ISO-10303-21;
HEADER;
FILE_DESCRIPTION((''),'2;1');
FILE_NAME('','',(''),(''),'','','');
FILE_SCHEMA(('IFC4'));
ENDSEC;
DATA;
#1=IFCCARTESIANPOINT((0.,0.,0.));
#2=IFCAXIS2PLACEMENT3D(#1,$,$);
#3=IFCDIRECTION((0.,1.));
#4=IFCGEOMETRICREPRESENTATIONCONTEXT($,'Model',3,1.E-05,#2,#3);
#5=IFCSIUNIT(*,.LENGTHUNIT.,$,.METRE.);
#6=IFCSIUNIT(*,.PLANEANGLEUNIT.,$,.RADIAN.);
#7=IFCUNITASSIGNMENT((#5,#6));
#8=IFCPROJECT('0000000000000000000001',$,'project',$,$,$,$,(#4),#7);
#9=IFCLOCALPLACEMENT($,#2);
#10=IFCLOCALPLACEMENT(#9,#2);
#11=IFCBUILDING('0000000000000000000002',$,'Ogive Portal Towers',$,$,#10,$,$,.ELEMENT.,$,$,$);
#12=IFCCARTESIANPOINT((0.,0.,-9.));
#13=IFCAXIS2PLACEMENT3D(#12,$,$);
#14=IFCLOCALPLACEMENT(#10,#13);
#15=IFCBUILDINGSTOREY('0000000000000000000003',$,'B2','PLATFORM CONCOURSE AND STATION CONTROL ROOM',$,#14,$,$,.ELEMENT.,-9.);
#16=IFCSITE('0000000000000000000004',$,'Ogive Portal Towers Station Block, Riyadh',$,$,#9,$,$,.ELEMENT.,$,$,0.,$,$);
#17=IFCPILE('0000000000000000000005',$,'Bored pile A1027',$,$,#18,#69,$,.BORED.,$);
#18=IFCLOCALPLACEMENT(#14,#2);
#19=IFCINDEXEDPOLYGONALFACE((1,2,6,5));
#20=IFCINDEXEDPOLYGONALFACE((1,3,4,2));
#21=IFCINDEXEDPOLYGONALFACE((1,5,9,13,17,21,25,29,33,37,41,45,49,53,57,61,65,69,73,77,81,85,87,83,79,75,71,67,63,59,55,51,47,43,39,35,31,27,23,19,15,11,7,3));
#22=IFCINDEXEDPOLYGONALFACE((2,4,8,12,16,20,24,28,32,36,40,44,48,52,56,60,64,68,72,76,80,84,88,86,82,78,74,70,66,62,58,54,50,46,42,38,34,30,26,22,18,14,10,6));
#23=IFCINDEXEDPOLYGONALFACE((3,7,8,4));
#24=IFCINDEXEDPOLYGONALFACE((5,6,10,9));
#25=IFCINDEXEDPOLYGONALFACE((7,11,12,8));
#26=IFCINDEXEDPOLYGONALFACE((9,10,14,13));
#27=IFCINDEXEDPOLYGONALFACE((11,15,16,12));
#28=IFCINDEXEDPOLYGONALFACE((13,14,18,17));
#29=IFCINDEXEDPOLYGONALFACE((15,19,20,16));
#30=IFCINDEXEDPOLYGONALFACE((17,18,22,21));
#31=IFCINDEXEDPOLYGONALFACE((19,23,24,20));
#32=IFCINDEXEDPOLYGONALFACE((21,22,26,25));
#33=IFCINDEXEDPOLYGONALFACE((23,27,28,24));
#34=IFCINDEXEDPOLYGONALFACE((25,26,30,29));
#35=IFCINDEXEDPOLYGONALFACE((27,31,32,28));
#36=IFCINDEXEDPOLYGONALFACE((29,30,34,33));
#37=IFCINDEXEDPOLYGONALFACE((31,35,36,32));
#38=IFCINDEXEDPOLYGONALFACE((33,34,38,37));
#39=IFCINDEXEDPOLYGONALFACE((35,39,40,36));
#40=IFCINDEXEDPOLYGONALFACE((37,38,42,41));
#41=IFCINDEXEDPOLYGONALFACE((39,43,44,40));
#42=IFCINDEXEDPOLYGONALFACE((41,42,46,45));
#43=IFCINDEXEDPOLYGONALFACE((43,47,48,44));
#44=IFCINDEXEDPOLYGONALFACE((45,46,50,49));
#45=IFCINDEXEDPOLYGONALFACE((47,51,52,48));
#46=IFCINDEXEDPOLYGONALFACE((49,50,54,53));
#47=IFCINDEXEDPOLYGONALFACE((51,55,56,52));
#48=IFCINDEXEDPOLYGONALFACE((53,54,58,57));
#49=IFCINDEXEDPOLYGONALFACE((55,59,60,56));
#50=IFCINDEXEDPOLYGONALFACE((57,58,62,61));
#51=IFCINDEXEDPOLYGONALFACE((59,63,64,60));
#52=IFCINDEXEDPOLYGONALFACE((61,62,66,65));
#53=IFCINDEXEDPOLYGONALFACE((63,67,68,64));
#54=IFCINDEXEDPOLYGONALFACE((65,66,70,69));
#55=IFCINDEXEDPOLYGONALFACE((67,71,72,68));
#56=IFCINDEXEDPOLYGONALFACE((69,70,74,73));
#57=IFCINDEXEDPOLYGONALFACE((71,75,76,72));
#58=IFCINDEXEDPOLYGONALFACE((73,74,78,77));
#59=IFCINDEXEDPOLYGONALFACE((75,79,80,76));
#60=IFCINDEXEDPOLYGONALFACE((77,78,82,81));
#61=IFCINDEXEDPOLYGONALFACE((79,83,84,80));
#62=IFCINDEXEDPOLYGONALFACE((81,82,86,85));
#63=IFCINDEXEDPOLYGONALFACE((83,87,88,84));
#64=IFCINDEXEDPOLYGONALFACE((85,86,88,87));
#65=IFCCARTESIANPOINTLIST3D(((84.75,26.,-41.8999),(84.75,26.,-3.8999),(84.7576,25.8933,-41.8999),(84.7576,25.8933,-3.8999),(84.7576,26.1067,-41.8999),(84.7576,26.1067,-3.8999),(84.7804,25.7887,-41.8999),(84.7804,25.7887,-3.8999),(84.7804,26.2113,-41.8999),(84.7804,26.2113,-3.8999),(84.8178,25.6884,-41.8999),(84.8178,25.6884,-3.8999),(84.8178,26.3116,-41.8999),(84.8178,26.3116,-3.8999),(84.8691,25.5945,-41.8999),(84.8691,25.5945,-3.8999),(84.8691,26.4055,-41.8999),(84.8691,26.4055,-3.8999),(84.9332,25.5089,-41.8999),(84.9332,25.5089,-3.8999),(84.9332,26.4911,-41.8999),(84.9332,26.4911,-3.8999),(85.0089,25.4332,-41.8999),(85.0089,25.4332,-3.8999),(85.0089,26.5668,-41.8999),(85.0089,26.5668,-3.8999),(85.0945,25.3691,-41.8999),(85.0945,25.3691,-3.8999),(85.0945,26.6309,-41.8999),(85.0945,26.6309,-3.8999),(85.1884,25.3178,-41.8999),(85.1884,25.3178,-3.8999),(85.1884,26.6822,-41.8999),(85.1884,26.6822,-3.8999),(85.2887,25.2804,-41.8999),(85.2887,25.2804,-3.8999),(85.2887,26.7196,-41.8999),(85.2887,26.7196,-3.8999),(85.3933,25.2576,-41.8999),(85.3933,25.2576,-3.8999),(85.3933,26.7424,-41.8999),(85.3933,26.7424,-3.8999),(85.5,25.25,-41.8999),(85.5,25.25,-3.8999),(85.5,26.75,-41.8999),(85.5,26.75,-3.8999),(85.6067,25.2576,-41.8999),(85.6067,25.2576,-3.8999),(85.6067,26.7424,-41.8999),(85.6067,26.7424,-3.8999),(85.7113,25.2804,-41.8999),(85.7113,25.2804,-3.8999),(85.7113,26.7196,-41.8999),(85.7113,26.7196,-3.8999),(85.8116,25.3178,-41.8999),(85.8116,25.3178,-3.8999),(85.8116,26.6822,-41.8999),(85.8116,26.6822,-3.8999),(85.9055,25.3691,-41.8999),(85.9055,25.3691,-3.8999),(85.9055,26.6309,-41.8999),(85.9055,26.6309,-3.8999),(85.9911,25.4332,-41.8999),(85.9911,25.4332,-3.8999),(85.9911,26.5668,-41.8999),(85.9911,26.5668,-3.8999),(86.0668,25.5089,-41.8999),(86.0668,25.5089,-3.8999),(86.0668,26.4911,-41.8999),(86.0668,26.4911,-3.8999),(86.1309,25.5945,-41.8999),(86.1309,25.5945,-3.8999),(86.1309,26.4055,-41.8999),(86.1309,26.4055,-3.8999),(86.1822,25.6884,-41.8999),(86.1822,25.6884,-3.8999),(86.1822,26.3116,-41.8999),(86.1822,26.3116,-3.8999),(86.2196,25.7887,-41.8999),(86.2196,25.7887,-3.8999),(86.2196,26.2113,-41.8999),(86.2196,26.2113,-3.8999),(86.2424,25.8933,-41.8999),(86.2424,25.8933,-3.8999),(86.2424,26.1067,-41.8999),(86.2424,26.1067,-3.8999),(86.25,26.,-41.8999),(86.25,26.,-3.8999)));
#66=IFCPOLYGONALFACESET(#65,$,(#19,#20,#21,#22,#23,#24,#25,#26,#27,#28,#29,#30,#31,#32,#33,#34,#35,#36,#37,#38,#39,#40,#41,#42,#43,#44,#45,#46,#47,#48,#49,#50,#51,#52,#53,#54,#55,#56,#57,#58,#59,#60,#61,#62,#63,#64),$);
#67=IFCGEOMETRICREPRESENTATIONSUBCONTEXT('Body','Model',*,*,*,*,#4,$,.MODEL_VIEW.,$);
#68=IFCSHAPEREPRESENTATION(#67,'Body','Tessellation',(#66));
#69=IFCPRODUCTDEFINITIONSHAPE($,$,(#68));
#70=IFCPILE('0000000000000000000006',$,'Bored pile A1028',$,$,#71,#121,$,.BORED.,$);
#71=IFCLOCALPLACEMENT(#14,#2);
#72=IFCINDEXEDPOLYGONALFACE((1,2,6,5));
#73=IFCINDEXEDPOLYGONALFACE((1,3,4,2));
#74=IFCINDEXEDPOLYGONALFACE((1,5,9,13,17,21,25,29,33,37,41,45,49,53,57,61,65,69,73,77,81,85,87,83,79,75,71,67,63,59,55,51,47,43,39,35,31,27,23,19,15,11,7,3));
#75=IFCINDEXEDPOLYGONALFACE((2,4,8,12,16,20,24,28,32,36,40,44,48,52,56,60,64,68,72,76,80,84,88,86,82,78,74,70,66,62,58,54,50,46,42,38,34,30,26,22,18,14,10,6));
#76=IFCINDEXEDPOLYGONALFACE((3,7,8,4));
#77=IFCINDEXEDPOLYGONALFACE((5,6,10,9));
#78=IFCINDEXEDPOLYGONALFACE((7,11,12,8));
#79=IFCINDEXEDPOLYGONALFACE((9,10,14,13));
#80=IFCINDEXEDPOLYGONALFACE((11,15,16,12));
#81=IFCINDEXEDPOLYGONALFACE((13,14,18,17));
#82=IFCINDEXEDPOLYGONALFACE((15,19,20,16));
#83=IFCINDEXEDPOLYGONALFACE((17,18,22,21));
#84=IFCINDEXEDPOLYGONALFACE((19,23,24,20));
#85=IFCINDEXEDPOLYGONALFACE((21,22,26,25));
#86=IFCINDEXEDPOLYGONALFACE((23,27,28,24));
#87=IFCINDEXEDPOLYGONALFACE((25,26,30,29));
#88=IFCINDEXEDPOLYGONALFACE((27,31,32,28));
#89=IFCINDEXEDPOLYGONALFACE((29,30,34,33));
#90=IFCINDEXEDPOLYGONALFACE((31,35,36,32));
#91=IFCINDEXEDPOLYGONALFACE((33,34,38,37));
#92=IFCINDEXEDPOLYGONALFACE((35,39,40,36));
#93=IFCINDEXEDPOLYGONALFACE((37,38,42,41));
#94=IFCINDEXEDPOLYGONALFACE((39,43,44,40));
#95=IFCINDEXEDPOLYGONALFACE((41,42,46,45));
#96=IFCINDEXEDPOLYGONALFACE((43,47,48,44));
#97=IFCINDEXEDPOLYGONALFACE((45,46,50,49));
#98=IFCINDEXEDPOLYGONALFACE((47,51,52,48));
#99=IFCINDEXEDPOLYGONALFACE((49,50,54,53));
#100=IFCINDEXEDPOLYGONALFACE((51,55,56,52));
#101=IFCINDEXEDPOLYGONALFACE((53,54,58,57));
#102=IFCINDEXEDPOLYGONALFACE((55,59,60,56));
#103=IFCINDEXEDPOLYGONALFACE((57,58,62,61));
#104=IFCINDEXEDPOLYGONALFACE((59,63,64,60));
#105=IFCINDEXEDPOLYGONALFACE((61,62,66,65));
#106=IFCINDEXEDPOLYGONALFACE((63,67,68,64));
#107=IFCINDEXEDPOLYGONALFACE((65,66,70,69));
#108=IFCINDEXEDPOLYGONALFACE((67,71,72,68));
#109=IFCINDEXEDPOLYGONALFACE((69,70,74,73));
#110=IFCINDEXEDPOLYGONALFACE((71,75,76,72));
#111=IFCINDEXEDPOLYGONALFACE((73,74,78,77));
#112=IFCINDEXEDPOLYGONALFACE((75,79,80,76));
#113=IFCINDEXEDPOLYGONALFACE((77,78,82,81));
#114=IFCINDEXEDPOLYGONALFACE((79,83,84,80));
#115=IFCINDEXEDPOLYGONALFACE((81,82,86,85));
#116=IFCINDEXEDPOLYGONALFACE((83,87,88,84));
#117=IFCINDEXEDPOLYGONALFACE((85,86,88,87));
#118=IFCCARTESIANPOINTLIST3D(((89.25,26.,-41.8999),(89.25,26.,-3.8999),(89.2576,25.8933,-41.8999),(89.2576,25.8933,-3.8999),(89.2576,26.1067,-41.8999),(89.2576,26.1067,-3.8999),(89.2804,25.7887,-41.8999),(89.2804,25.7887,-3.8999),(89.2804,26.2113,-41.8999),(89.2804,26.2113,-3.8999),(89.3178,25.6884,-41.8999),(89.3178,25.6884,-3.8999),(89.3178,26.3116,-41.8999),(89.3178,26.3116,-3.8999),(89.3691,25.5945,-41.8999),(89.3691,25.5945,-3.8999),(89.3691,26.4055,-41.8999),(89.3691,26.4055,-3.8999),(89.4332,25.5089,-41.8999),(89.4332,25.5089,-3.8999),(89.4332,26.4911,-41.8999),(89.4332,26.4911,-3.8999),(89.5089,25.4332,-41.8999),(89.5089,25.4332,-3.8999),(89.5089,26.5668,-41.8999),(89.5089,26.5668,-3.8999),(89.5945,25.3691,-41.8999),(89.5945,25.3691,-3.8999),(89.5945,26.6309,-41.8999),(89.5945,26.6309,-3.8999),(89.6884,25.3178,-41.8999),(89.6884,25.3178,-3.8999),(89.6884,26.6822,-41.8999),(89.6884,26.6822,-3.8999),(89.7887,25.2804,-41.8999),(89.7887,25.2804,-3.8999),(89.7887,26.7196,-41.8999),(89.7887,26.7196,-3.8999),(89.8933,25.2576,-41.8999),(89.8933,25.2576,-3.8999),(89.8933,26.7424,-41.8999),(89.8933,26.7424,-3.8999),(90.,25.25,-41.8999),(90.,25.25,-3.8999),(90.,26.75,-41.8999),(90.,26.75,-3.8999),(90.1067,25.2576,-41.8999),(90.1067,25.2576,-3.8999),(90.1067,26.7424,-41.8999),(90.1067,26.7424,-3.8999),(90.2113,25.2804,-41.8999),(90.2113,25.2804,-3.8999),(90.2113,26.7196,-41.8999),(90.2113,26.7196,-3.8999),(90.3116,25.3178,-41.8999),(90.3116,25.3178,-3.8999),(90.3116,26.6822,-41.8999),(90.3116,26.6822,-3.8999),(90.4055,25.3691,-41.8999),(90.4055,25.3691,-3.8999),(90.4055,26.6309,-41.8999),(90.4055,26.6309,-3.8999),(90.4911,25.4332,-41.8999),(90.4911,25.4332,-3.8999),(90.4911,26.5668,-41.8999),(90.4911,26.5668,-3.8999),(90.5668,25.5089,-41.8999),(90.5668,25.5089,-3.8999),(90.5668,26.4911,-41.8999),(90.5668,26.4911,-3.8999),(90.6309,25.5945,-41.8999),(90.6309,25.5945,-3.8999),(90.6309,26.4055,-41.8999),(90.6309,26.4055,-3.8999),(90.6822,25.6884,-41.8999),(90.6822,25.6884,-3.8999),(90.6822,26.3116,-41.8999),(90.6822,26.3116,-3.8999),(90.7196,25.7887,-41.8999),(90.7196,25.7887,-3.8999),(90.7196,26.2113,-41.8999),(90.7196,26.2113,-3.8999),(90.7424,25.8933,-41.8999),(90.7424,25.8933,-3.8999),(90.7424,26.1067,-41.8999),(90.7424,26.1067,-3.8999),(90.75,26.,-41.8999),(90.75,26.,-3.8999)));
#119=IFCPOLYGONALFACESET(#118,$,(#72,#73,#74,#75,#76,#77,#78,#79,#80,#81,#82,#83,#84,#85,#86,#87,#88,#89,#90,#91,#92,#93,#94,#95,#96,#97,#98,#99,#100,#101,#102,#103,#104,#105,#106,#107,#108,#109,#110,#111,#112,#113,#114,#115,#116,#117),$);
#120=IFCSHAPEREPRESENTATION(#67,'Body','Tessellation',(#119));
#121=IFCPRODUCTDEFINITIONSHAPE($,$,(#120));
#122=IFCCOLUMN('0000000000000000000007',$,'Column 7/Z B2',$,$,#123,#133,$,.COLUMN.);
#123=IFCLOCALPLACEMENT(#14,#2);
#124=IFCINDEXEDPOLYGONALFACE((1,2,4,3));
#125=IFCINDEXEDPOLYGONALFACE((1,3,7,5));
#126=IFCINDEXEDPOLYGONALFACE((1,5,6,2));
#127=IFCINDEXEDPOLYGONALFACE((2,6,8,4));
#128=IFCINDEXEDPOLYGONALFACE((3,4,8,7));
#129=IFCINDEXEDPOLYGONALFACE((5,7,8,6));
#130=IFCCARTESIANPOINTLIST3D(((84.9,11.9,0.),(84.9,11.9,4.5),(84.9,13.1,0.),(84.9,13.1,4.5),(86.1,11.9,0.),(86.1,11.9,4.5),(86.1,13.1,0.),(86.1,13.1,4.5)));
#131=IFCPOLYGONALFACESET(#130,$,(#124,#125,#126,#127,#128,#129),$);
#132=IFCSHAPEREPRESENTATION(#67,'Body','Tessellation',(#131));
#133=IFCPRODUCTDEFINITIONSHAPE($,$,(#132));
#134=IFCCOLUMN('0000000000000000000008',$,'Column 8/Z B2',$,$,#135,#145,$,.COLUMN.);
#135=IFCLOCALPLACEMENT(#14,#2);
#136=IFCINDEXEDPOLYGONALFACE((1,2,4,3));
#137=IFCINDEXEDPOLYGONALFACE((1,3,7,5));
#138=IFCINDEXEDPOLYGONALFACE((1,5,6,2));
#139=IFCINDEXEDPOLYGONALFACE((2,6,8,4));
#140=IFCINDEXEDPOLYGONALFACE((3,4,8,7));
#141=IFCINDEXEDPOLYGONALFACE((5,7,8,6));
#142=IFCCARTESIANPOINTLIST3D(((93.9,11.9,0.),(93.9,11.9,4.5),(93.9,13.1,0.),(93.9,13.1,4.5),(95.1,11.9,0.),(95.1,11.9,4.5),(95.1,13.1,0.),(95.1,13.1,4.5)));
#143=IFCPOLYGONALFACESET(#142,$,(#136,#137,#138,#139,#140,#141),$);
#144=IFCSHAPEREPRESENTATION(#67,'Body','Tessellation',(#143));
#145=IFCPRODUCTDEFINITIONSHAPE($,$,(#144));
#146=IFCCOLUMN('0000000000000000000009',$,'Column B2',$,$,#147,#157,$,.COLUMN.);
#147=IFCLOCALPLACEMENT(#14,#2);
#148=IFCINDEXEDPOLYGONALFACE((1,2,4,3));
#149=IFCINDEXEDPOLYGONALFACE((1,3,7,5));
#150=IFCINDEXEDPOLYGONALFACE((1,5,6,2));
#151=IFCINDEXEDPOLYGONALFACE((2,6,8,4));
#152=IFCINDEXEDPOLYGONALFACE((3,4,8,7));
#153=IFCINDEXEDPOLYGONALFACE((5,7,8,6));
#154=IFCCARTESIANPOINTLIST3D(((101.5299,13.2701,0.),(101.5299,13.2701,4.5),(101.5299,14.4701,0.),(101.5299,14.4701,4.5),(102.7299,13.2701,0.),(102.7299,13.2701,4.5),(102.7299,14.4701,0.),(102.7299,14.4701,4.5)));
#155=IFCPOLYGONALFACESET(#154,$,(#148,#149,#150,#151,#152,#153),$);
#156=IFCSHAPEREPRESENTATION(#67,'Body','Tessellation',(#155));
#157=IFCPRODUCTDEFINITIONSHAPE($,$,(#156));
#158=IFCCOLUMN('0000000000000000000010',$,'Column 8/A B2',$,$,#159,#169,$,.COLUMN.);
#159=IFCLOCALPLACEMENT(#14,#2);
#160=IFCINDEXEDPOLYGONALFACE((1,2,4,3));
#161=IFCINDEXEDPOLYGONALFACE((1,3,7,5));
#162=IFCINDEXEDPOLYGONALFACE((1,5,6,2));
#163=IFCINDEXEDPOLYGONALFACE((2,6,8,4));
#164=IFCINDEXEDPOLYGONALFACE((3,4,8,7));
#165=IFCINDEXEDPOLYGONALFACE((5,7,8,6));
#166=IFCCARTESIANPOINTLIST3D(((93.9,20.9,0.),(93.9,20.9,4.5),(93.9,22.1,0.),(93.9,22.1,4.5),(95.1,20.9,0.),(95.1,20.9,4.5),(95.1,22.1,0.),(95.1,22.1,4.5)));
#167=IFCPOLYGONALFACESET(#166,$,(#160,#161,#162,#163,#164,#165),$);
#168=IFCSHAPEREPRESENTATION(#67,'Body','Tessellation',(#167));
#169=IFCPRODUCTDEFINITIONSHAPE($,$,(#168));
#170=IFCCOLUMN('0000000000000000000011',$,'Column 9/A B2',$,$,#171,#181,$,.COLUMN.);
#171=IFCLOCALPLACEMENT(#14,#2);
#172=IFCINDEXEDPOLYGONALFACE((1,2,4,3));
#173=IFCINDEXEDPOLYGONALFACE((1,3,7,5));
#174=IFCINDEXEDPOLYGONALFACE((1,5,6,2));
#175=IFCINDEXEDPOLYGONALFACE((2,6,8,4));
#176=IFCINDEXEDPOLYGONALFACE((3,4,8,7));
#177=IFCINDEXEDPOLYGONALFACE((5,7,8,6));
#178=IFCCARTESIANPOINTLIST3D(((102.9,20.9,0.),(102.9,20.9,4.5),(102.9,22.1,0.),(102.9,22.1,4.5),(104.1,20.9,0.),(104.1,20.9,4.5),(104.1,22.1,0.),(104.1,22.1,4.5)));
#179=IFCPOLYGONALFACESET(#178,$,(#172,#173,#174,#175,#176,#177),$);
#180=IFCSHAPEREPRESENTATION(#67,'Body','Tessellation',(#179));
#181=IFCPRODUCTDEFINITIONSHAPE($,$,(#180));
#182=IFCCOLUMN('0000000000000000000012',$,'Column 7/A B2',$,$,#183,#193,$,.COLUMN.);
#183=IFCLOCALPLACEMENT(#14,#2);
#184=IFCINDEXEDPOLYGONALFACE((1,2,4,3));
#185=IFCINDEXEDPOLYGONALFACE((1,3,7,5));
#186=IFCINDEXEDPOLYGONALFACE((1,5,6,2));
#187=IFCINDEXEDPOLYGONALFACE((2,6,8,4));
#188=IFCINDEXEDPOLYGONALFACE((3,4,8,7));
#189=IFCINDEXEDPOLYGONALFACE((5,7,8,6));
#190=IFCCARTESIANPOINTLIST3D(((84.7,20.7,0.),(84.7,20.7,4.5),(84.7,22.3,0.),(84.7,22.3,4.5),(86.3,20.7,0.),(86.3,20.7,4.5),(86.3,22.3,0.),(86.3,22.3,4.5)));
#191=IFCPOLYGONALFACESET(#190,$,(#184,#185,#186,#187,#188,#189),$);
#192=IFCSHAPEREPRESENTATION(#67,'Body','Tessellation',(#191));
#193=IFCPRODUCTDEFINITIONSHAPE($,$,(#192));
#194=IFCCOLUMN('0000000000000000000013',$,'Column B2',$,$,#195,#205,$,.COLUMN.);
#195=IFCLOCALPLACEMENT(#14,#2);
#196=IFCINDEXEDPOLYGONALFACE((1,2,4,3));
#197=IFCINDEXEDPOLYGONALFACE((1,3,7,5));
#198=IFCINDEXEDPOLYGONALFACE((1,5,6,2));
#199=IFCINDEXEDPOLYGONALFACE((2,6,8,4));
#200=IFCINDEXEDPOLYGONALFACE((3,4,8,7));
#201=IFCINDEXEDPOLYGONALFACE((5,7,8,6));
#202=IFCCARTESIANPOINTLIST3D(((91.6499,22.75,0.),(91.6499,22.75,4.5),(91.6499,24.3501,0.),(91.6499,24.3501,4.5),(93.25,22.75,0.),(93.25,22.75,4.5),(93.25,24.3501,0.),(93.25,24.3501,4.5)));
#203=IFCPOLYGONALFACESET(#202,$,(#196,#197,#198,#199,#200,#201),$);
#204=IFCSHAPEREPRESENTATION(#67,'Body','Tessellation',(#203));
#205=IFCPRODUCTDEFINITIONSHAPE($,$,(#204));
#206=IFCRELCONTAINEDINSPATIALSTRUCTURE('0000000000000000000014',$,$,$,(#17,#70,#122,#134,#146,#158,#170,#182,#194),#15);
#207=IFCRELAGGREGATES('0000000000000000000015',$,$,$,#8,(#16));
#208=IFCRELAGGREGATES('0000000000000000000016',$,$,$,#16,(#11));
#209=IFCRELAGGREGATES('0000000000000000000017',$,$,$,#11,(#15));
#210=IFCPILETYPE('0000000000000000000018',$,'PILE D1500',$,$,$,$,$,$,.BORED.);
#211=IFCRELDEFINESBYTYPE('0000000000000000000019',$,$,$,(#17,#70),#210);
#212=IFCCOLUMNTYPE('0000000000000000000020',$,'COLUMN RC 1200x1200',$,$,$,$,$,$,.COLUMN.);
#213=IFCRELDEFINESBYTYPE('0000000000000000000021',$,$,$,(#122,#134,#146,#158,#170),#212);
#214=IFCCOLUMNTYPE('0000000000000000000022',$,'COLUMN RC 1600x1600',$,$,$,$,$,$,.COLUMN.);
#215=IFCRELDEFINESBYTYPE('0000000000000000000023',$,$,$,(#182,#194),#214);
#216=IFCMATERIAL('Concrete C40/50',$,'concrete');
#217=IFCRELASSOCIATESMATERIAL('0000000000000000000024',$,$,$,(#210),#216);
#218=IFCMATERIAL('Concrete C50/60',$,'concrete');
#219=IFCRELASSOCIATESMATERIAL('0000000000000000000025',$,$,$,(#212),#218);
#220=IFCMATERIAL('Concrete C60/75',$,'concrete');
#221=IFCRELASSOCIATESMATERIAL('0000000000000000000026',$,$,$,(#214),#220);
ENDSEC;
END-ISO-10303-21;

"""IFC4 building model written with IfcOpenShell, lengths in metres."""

from ifc_helpers import new_model, si_unit, direction, frame, origin, origin_2d, place, context, subcontext, project, spatial, rectangle, circle, extrude, material, material_profile, profile_set, type_object, element, save


model = new_model("IFC4")

# Units and contexts
model_context = context("Model", 3, precision=1e-05, world=origin(), true_north=direction((0.0, 1.0)))
body_context = subcontext(model_context, "Body", "Model", "MODEL_VIEW")
ifc_project = project(units=[si_unit("LENGTHUNIT", "METRE"), si_unit("PLANEANGLEUNIT", "RADIAN")], contexts=[model_context])

# Site, building, storey
site_placement = place(None, origin())
site = spatial("IfcSite", under=ifc_project, at=site_placement, Name="Ogive Portal Towers Station Block, Riyadh", CompositionType="ELEMENT", RefElevation=0.0)
building_placement = place(site_placement, origin())
building = spatial("IfcBuilding", under=site, at=building_placement, Name="Ogive Portal Towers", CompositionType="ELEMENT")
storey_placement = place(building_placement, frame((0.0, 0.0, -9.0)))
storey = spatial("IfcBuildingStorey", under=building, at=storey_placement, Name="B2", Description="PLATFORM CONCOURSE AND STATION CONTROL ROOM", CompositionType="ELEMENT", Elevation=-9.0)

# Piles
ifc_material_1 = material(Name="Concrete C40/50", Category="concrete")
ifc_material_profile_1 = material_profile(ifc_material_1, circle(Radius=0.75, at=origin_2d()), Name="PILE D1500")
ifc_profile_set_1 = profile_set([ifc_material_profile_1], Name="Concrete C40/50")
pile_type = type_object("IfcPileType", Name="PILE D1500", PredefinedType="BORED", material=ifc_profile_set_1)
for number, where, z_axis, x_axis, name in (
    (1, (85.5, 26.0, -3.8999), (0.0, 0.0, -1.0), (1.0, 0.0, 0.0), "Bored pile A1027"),
    (2, (90.0, 26.0, -3.8999), (0.0, 0.0, -1.0), (1.0, 0.0, 0.0), "Bored pile A1028"),
):
    element("IfcPile", number, at=place(storey_placement, frame(where, z_axis=z_axis, x_axis=x_axis)), inside=storey, type_object=pile_type, Name=name, PredefinedType="BORED", context=body_context, shape_type="SweptSolid", body=[
        extrude(circle(Radius=0.75, at=origin_2d()), origin(), (0.0, 0.0, 1.0), 38.0),
    ])

# Columns
ifc_material_2 = material(Name="Concrete C50/60", Category="concrete")
ifc_material_profile_2 = material_profile(ifc_material_2, rectangle(XDim=1.2, YDim=1.2, at=origin_2d()), Name="RC 1200x1200")
ifc_profile_set_2 = profile_set([ifc_material_profile_2], Name="Concrete C50/60")
column_type_1 = type_object("IfcColumnType", Name="COLUMN RC 1200x1200", PredefinedType="COLUMN", material=ifc_profile_set_2)
for number, where, z_axis, x_axis, name in (
    (3, (85.5, 12.5, 0.0), (0.0, 0.0, 1.0), (1.0, 0.0, 0.0), "Column 7/Z B2"),
    (4, (94.5, 12.5, 0.0), (0.0, 0.0, 1.0), (1.0, 0.0, 0.0), "Column 8/Z B2"),
    (5, (102.1299, 13.8701, 0.0), (0.0, 0.0, 1.0), (1.0, 0.0, 0.0), "Column B2"),
    (6, (94.5, 21.5, 0.0), (0.0, 0.0, 1.0), (1.0, 0.0, 0.0), "Column 8/A B2"),
    (7, (103.5, 21.5, 0.0), (0.0, 0.0, 1.0), (1.0, 0.0, 0.0), "Column 9/A B2"),
):
    element("IfcColumn", number, at=place(storey_placement, frame(where, z_axis=z_axis, x_axis=x_axis)), inside=storey, type_object=column_type_1, Name=name, PredefinedType="COLUMN", context=body_context, shape_type="SweptSolid", body=[
        extrude(rectangle(XDim=1.2, YDim=1.2, at=origin_2d()), origin(), (0.0, 0.0, 1.0), 4.5),
    ])
ifc_material_3 = material(Name="Concrete C60/75", Category="concrete")
ifc_material_profile_3 = material_profile(ifc_material_3, rectangle(XDim=1.6001, YDim=1.6001, at=origin_2d()), Name="RC 1600x1600")
ifc_profile_set_3 = profile_set([ifc_material_profile_3], Name="Concrete C60/75")
column_type_2 = type_object("IfcColumnType", Name="COLUMN RC 1600x1600", PredefinedType="COLUMN", material=ifc_profile_set_3)
for number, where, z_axis, x_axis, name in (
    (8, (85.5, 21.5, 0.0), (0.0, 0.0, 1.0), (1.0, 0.0, 0.0), "Column 7/A B2"),
    (9, (92.45, 23.55, 0.0), (0.0, 0.0, 1.0), (1.0, 0.0, 0.0), "Column B2"),
):
    element("IfcColumn", number, at=place(storey_placement, frame(where, z_axis=z_axis, x_axis=x_axis)), inside=storey, type_object=column_type_2, Name=name, PredefinedType="COLUMN", context=body_context, shape_type="SweptSolid", body=[
        extrude(rectangle(XDim=1.6001, YDim=1.6001, at=origin_2d()), origin(), (0.0, 0.0, 1.0), 4.5),
    ])

save(model, "model.ifc")
